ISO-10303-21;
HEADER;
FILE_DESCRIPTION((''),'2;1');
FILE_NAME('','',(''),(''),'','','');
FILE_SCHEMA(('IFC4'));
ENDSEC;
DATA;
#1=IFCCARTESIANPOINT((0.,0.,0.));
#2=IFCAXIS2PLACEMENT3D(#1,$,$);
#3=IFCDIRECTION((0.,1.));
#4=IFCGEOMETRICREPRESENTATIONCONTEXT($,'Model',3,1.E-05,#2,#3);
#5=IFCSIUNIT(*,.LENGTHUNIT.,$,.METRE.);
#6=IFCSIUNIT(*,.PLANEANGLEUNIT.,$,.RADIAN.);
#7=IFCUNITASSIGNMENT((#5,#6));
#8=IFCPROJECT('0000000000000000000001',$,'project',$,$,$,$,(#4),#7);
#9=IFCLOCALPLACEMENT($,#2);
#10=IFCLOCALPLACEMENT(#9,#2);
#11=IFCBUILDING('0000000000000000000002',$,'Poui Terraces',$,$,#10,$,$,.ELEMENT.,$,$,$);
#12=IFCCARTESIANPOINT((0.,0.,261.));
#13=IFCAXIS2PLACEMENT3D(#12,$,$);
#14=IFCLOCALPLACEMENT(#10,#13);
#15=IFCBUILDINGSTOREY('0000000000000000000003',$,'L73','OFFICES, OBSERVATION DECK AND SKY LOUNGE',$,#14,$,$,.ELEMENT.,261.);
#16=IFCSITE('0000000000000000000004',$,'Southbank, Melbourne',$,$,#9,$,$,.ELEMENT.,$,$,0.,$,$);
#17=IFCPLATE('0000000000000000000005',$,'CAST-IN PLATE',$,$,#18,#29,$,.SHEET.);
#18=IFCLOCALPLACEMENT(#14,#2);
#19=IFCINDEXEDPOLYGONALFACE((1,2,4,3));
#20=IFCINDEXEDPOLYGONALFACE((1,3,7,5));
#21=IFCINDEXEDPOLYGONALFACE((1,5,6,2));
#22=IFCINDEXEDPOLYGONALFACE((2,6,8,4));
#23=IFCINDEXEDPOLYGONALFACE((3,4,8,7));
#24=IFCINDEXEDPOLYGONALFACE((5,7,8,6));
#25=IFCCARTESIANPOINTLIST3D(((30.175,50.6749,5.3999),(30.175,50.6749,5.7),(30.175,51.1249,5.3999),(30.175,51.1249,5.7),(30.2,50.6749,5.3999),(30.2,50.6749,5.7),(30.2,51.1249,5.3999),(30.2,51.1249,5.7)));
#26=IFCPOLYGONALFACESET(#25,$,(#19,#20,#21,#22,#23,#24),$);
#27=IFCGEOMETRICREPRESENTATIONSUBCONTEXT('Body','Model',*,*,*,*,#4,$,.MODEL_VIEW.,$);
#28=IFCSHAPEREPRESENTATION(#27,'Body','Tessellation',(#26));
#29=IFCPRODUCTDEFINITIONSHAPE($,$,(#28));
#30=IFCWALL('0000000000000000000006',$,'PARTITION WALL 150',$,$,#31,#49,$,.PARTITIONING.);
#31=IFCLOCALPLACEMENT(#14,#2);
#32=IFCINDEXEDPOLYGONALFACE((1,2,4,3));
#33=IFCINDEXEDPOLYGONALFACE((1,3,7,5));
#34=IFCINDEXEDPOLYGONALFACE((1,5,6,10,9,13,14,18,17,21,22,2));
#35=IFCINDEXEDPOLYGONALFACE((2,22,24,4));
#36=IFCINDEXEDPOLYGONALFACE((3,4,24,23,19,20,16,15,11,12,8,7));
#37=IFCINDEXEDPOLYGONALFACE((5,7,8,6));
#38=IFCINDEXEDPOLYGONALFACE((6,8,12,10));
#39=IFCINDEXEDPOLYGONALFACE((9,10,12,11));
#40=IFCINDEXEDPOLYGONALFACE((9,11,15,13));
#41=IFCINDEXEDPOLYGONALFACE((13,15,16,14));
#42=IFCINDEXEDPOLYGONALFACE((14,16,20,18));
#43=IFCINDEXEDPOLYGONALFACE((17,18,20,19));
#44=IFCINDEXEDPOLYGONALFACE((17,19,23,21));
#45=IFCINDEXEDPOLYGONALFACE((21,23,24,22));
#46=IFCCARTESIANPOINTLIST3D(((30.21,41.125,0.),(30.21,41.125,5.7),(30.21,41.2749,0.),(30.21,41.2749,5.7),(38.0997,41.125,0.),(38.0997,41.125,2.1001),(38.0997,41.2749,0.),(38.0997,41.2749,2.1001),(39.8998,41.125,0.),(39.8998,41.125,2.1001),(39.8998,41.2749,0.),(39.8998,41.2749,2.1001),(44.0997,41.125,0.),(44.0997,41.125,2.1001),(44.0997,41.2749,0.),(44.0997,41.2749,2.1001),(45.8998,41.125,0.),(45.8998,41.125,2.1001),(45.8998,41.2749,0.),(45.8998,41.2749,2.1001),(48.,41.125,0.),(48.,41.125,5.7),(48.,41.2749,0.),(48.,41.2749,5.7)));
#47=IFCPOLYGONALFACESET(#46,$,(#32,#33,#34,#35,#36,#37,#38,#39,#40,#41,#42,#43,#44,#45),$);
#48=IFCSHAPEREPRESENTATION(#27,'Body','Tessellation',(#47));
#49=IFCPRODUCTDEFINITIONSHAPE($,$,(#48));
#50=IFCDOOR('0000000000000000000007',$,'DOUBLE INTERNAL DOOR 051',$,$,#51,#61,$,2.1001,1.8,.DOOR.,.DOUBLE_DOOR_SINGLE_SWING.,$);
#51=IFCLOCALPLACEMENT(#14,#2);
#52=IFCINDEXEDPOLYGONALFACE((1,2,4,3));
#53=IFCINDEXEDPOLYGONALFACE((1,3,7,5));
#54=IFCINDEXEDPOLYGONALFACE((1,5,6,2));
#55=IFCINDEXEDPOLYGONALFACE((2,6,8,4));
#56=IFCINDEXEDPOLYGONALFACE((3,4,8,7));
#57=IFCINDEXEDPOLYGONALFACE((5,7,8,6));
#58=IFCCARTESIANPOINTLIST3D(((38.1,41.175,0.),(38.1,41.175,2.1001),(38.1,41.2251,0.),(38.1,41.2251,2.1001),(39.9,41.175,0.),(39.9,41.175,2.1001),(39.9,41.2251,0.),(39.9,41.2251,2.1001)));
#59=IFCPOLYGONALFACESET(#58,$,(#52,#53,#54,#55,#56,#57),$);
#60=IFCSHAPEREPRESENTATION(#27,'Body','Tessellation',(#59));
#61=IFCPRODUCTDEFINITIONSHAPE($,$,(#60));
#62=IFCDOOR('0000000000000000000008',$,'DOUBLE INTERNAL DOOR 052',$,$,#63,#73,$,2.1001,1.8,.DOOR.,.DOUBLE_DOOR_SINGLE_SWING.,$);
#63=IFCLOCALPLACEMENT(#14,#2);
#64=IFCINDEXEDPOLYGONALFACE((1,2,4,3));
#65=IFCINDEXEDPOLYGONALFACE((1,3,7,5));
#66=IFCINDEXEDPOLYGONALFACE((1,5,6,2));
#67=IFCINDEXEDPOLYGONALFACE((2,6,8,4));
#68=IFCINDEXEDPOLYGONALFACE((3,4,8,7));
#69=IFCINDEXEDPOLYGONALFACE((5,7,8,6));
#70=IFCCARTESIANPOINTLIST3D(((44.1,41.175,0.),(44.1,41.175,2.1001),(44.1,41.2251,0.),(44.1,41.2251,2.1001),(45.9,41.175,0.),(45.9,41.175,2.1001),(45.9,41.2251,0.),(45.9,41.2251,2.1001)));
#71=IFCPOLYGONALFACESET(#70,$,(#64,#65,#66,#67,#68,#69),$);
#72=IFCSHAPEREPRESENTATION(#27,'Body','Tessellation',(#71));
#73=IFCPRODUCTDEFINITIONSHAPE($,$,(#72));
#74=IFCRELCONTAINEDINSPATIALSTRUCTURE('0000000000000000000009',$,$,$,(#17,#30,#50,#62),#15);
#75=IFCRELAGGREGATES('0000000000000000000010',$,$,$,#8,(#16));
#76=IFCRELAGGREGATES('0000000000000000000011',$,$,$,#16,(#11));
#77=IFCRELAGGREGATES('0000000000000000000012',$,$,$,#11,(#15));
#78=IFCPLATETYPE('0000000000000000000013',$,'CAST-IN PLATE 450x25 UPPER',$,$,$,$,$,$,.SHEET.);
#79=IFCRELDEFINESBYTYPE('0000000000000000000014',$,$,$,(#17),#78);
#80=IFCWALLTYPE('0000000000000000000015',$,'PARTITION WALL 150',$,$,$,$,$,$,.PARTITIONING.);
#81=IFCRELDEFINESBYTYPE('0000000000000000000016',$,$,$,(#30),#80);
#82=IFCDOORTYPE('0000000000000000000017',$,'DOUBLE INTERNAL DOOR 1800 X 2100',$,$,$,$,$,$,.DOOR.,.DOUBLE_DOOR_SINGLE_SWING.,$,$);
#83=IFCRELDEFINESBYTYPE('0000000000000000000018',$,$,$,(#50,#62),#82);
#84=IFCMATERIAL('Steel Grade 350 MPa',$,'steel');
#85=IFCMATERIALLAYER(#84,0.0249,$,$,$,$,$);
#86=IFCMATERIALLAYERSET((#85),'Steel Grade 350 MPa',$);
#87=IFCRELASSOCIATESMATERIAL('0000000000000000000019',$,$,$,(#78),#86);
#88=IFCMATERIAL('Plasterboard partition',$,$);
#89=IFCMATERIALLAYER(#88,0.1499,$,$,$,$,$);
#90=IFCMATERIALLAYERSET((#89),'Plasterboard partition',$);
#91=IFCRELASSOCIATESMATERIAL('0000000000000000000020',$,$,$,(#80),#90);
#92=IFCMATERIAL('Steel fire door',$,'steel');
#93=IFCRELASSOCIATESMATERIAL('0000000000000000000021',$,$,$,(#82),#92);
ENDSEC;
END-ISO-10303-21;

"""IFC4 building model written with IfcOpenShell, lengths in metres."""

from ifc_helpers import new_model, si_unit, direction, frame, frame_2d, origin, origin_2d, place, context, subcontext, project, spatial, rectangle, extrude, source, transform, mapped, material, layer, layer_set, type_object, element, fill, save


model = new_model("IFC4")

# Units and contexts
model_context = context("Model", 3, precision=1e-05, world=origin(), true_north=direction((0.0, 1.0)))
body_context = subcontext(model_context, "Body", "Model", "MODEL_VIEW")
ifc_project = project(units=[si_unit("LENGTHUNIT", "METRE"), si_unit("PLANEANGLEUNIT", "RADIAN")], contexts=[model_context])

# Site, building, storey
site_placement = place(None, origin())
site = spatial("IfcSite", under=ifc_project, at=site_placement, Name="Southbank, Melbourne", CompositionType="ELEMENT", RefElevation=0.0)
building_placement = place(site_placement, origin())
building = spatial("IfcBuilding", under=site, at=building_placement, Name="Poui Terraces", CompositionType="ELEMENT")
storey_placement = place(building_placement, frame((0.0, 0.0, 261.0)))
storey = spatial("IfcBuildingStorey", under=building, at=storey_placement, Name="L73", Description="OFFICES, OBSERVATION DECK AND SKY LOUNGE", CompositionType="ELEMENT", Elevation=261.0)

# Shared definitions
ifc_material_1 = material(Name="Steel Grade 350 MPa", Category="steel")

# Plate
ifc_layer_1 = layer(ifc_material_1, 0.0249)
ifc_layer_set_1 = layer_set([ifc_layer_1], Name="Steel Grade 350 MPa")
plate_type_1 = type_object("IfcPlateType", Name="CAST-IN PLATE 450x25 UPPER", PredefinedType="SHEET", material=ifc_layer_set_1)
shared_shape = source(origin(), body_context, "Body", "SweptSolid", [
    extrude(rectangle(XDim=0.0249, YDim=0.45, at=origin_2d()), origin(), (0.0, 0.0, 1.0), 0.3),
])
plate_1_placement = place(storey_placement, frame((30.1875, 50.8999, 5.3999), z_axis=(0.0, 0.0, 1.0), x_axis=(1.0, 0.0, 0.0)))
element("IfcPlate", 1, at=plate_1_placement, inside=storey, type_object=plate_type_1, Name="CAST-IN PLATE", PredefinedType="SHEET", context=body_context, shape_type="MappedRepresentation", body=[
    mapped(shared_shape, transform((0.0, 0.0, 0.0))),
])

# Wall, openings, doors
ifc_material_2 = material(Name="Plasterboard partition")
ifc_layer_2 = layer(ifc_material_2, 0.1499)
ifc_layer_set_2 = layer_set([ifc_layer_2], Name="Plasterboard partition")
wall_type = type_object("IfcWallType", Name="PARTITION WALL 150", PredefinedType="PARTITIONING", material=ifc_layer_set_2)
wall_placement = place(storey_placement, frame((30.21, 41.2, 0.0), z_axis=(0.0, 0.0, 1.0), x_axis=(1.0, 0.0, 0.0)))
wall = element("IfcWall", 2, at=wall_placement, inside=storey, type_object=wall_type, Name="PARTITION WALL 150", PredefinedType="PARTITIONING", context=body_context, shape_type="SweptSolid", body=[
    extrude(rectangle(XDim=17.79, YDim=0.1499, at=frame_2d((8.895, 0.0))), origin(), (0.0, 0.0, 1.0), 5.7),
])
opening_1_placement = place(wall_placement, frame((7.8899, 0.0, 0.0)))
opening_1 = element("IfcOpeningElement", 3, at=opening_1_placement, cuts=wall, PredefinedType="OPENING", context=body_context, shape_type="SweptSolid", body=[
    extrude(rectangle(XDim=1.8, YDim=2.1001, at=frame_2d((0.8999, 1.05))), frame((0.0, 0.085, 0.0), z_axis=(0.0, -1.0, 0.0), x_axis=(1.0, 0.0, 0.0)), (0.0, 0.0, 1.0), 0.1699),
])
opening_2_placement = place(wall_placement, frame((13.8899, 0.0, 0.0)))
opening_2 = element("IfcOpeningElement", 4, at=opening_2_placement, cuts=wall, PredefinedType="OPENING", context=body_context, shape_type="SweptSolid", body=[
    extrude(rectangle(XDim=1.8, YDim=2.1001, at=frame_2d((0.8999, 1.05))), frame((0.0, 0.085, 0.0), z_axis=(0.0, -1.0, 0.0), x_axis=(1.0, 0.0, 0.0)), (0.0, 0.0, 1.0), 0.1699),
])
ifc_material_3 = material(Name="Steel fire door", Category="steel")
door_type = type_object("IfcDoorType", Name="DOUBLE INTERNAL DOOR 1800 X 2100", OperationType="DOUBLE_DOOR_SINGLE_SWING", PredefinedType="DOOR", material=ifc_material_3)
door_1_placement = place(opening_1_placement, frame((1.8, 0.0, 0.0), z_axis=(0.0, 0.0, 1.0), x_axis=(-1.0, 0.0, 0.0)))
door_1 = element("IfcDoor", 5, at=door_1_placement, inside=storey, type_object=door_type, Name="DOUBLE INTERNAL DOOR 051", OperationType="DOUBLE_DOOR_SINGLE_SWING", OverallHeight=2.1001, OverallWidth=1.8, PredefinedType="DOOR", context=body_context, shape_type="SweptSolid", body=[
    extrude(rectangle(XDim=1.8, YDim=2.1001, at=frame_2d((0.8999, 1.05))), frame((0.0, 0.0249, 0.0), z_axis=(0.0, -1.0, 0.0), x_axis=(1.0, 0.0, 0.0)), (0.0, 0.0, 1.0), 0.05),
])
fill(opening_1, door_1)
door_2_placement = place(opening_2_placement, frame((1.8, 0.0, 0.0), z_axis=(0.0, 0.0, 1.0), x_axis=(-1.0, 0.0, 0.0)))
door_2 = element("IfcDoor", 6, at=door_2_placement, inside=storey, type_object=door_type, Name="DOUBLE INTERNAL DOOR 052", OperationType="DOUBLE_DOOR_SINGLE_SWING", OverallHeight=2.1001, OverallWidth=1.8, PredefinedType="DOOR", context=body_context, shape_type="SweptSolid", body=[
    extrude(rectangle(XDim=1.8, YDim=2.1001, at=frame_2d((0.8999, 1.05))), frame((0.0, 0.0249, 0.0), z_axis=(0.0, -1.0, 0.0), x_axis=(1.0, 0.0, 0.0)), (0.0, 0.0, 1.0), 0.05),
])
fill(opening_2, door_2)

save(model, "model.ifc")
